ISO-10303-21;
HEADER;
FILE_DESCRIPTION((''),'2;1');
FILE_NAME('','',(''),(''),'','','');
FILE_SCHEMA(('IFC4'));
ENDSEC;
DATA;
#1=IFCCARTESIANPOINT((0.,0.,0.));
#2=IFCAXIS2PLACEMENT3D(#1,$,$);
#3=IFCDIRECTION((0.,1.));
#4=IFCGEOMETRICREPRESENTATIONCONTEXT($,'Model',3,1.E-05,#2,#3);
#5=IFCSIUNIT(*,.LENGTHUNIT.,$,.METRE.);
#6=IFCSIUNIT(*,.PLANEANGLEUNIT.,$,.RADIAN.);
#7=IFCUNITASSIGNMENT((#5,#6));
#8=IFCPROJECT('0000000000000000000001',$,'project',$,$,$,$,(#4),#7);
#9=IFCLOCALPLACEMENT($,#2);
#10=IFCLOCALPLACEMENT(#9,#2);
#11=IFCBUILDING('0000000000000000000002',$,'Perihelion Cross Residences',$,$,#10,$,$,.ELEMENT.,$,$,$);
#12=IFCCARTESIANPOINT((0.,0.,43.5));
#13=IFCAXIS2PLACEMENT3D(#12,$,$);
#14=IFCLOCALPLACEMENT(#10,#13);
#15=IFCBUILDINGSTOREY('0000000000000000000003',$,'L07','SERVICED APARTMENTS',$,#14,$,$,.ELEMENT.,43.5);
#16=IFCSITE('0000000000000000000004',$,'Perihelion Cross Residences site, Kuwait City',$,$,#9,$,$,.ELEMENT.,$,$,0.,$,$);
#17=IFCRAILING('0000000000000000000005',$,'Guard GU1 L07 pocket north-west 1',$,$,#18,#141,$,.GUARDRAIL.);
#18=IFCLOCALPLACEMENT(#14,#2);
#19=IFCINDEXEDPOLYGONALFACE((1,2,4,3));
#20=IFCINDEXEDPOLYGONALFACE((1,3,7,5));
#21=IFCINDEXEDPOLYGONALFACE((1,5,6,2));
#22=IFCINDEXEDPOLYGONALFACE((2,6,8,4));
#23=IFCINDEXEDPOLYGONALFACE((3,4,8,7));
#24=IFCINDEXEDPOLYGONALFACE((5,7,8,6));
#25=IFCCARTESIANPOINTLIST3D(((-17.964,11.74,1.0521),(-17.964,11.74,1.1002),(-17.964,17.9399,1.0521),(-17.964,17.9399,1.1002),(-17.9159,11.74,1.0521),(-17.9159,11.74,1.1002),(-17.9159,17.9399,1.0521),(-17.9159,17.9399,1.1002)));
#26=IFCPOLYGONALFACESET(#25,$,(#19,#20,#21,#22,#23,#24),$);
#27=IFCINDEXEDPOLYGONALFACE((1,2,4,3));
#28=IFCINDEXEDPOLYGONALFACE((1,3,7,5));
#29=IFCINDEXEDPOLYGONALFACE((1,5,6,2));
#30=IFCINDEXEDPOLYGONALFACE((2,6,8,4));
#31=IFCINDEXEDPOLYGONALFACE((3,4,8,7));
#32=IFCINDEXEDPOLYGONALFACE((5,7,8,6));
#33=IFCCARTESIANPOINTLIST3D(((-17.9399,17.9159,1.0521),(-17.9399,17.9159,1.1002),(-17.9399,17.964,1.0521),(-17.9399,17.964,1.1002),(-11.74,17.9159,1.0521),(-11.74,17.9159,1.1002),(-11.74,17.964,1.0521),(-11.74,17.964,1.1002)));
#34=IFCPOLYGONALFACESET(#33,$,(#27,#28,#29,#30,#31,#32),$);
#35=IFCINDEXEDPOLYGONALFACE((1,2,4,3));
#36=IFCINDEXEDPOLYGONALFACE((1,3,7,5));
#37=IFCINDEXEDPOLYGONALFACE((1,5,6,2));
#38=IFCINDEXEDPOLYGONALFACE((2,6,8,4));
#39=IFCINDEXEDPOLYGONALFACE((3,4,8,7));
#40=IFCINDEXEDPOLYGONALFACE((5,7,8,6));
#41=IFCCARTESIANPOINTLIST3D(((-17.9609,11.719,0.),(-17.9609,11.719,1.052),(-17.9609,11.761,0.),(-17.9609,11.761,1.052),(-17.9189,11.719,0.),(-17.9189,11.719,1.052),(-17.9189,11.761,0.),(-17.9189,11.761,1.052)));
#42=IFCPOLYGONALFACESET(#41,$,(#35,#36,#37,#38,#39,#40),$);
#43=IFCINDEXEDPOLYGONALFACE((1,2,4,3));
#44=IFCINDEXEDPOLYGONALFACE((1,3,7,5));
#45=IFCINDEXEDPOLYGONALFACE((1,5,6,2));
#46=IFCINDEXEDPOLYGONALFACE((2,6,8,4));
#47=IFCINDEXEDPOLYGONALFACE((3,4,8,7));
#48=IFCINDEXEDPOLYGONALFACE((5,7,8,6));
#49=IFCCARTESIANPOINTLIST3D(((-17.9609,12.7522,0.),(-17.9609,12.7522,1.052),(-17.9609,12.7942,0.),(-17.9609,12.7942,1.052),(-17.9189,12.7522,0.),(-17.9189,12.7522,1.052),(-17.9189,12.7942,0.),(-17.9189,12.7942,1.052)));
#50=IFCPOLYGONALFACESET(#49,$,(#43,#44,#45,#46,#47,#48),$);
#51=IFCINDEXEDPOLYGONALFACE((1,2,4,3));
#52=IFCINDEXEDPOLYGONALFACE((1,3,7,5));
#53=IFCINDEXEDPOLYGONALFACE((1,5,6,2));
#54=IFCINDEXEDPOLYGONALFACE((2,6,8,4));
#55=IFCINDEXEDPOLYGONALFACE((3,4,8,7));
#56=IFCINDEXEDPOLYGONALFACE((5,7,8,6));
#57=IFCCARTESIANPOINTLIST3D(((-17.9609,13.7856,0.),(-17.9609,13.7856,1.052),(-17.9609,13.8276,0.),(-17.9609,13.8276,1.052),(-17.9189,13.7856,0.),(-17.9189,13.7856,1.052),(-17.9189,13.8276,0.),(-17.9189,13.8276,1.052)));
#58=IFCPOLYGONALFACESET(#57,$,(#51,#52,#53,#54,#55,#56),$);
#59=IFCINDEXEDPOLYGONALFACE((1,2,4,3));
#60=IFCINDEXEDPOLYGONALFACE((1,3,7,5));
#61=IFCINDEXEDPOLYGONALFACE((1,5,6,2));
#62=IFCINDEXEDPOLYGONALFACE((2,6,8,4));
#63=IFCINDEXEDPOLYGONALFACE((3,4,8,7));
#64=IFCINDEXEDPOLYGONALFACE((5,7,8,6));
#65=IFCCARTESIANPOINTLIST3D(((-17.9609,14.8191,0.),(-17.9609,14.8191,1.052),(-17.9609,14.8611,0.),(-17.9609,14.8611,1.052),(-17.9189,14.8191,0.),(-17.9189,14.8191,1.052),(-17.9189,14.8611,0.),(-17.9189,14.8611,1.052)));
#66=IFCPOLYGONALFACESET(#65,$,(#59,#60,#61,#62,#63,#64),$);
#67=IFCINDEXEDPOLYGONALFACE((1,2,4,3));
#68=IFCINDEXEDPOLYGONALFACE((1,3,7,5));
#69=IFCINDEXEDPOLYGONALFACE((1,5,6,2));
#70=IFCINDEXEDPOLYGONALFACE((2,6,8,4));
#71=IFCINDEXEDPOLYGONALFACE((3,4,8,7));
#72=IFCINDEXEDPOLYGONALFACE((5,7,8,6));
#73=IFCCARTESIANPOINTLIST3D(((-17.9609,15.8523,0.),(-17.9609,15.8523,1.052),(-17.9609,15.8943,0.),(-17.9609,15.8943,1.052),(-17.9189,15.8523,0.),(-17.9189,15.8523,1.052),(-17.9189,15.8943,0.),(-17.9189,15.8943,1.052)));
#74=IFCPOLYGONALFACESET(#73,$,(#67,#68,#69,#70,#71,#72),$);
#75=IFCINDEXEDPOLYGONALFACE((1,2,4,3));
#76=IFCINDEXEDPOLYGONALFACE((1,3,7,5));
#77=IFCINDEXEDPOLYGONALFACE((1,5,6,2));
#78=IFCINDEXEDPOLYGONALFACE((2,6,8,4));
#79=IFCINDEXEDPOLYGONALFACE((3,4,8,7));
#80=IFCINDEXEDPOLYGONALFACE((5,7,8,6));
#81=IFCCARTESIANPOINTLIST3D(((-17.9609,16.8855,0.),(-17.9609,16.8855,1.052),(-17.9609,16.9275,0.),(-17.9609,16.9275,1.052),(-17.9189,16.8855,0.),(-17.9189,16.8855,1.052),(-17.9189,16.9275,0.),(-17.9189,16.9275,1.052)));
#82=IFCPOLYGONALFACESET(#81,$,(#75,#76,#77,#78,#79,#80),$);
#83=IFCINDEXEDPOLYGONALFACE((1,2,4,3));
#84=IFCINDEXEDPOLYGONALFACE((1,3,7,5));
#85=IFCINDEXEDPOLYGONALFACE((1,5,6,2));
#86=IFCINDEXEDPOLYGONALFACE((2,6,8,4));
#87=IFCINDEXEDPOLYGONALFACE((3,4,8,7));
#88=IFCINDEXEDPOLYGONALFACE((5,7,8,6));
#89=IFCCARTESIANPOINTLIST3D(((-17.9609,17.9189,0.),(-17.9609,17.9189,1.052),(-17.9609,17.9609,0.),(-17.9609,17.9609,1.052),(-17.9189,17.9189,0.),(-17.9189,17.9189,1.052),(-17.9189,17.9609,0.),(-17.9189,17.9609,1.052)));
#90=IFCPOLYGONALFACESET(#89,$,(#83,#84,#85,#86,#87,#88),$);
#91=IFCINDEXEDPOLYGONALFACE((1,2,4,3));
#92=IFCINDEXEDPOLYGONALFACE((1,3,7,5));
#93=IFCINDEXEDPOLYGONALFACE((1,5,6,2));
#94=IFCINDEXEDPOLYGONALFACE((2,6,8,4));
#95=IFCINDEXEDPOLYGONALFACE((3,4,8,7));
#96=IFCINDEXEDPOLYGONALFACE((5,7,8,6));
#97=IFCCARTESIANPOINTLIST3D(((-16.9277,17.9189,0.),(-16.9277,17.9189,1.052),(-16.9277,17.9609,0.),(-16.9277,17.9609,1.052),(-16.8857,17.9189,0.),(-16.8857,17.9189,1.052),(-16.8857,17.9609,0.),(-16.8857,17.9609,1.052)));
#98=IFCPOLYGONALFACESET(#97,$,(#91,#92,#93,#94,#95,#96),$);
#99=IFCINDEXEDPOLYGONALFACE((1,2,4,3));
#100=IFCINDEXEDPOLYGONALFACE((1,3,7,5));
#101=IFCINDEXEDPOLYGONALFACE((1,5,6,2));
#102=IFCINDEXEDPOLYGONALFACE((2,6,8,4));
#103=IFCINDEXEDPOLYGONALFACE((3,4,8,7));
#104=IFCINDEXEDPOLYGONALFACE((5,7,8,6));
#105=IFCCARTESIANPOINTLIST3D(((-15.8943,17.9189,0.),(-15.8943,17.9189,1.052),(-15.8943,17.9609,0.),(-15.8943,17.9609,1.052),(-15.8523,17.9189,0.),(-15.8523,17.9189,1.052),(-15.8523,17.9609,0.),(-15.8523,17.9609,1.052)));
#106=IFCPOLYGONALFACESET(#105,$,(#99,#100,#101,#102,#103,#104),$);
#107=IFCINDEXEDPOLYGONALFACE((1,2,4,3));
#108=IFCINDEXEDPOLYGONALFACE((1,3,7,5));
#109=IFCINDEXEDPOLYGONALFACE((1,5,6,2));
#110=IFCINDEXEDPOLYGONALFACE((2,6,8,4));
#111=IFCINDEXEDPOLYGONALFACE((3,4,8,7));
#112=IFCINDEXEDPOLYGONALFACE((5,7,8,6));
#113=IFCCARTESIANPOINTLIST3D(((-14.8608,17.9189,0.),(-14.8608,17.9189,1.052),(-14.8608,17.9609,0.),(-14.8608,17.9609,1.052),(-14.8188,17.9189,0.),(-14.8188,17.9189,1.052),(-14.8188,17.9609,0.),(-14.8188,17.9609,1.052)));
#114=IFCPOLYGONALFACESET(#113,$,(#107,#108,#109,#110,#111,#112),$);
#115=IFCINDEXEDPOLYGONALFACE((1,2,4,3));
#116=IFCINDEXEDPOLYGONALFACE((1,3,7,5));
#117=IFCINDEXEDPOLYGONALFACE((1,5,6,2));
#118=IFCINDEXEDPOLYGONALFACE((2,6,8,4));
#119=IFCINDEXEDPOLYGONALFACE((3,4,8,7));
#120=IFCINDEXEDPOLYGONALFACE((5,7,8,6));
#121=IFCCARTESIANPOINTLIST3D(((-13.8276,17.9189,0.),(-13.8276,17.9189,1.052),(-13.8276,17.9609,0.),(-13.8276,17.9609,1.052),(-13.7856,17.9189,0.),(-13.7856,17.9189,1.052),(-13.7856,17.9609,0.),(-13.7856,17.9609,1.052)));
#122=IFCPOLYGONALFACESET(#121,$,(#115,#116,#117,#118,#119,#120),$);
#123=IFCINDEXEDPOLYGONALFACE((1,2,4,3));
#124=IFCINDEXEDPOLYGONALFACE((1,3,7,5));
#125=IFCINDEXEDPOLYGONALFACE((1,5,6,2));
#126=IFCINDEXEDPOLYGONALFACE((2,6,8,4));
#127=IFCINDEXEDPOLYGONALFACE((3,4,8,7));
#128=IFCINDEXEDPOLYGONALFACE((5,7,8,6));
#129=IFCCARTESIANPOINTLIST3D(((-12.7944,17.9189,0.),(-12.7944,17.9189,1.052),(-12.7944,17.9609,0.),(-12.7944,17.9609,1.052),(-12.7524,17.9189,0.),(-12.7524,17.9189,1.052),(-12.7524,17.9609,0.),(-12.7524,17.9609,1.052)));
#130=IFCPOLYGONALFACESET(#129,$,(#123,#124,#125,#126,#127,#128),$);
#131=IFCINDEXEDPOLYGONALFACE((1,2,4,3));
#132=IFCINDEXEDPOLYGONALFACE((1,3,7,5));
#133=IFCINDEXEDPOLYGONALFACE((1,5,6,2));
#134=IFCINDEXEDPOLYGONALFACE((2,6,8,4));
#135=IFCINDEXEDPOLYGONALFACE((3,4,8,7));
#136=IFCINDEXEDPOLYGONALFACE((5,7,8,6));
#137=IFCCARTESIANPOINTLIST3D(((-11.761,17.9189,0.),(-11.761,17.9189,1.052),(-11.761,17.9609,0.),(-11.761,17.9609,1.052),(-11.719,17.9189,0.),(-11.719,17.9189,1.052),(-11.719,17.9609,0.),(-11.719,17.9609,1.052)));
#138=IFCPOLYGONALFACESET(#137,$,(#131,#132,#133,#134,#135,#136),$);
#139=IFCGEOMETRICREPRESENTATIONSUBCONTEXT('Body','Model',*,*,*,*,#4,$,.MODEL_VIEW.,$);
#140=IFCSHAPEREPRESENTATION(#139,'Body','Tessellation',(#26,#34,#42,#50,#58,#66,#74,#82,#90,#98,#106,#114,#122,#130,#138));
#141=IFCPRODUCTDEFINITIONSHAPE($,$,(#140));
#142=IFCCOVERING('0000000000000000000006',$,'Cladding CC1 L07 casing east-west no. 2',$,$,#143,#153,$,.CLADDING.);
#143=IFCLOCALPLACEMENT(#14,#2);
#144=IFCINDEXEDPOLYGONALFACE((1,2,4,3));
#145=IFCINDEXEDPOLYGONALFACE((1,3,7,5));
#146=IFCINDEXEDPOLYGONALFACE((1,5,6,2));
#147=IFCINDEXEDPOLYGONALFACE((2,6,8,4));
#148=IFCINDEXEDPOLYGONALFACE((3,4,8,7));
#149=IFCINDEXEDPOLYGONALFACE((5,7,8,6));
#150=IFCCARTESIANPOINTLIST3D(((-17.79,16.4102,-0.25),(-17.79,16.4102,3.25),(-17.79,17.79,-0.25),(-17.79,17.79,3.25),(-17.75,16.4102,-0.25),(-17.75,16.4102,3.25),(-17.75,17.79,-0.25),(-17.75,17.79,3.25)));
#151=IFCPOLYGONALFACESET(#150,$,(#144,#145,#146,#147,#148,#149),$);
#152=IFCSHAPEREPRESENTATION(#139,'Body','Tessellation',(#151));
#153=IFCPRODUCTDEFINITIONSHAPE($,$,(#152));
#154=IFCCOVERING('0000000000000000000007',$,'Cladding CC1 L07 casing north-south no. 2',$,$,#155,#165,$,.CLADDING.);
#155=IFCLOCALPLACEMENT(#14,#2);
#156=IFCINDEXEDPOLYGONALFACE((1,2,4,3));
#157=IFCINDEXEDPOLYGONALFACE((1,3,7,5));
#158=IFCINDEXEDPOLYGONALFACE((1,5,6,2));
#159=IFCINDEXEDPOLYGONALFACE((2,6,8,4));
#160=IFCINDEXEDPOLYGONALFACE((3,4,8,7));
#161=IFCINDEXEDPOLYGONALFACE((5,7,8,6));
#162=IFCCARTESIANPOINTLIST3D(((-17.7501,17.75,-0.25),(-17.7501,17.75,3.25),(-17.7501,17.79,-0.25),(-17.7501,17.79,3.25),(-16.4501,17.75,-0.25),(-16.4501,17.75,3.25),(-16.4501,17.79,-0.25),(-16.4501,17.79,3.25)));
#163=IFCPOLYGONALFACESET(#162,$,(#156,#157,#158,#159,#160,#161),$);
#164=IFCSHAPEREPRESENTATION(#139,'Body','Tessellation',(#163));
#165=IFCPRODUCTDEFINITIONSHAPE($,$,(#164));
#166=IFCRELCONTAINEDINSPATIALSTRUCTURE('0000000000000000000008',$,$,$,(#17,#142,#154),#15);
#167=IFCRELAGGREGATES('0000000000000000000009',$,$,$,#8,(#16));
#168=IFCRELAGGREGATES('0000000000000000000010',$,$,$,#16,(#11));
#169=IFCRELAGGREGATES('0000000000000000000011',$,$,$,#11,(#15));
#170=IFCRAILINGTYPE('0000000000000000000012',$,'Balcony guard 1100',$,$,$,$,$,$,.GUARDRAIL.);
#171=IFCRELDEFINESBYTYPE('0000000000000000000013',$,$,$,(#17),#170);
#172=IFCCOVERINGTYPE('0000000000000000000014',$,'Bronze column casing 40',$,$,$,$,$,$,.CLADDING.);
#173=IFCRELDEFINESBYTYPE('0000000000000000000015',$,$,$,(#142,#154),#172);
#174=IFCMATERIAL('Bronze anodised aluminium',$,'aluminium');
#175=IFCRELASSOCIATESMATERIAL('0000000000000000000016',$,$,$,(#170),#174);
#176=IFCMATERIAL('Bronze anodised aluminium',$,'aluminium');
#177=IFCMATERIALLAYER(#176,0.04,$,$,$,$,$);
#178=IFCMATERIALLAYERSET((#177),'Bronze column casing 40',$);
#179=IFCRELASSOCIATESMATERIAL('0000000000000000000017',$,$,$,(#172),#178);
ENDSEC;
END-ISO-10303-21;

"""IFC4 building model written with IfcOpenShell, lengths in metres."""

from ifc_helpers import new_model, si_unit, direction, frame, origin, origin_2d, place, context, subcontext, project, spatial, rectangle, extrude, material, layer, layer_set, type_object, element, save


model = new_model("IFC4")

# Units and contexts
model_context = context("Model", 3, precision=1e-05, world=origin(), true_north=direction((0.0, 1.0)))
body_context = subcontext(model_context, "Body", "Model", "MODEL_VIEW")
ifc_project = project(units=[si_unit("LENGTHUNIT", "METRE"), si_unit("PLANEANGLEUNIT", "RADIAN")], contexts=[model_context])

# Site, building, storey
site_placement = place(None, origin())
site = spatial("IfcSite", under=ifc_project, at=site_placement, Name="Perihelion Cross Residences site, Kuwait City", CompositionType="ELEMENT", RefElevation=0.0)
building_placement = place(site_placement, origin())
building = spatial("IfcBuilding", under=site, at=building_placement, Name="Perihelion Cross Residences", CompositionType="ELEMENT")
storey_placement = place(building_placement, frame((0.0, 0.0, 43.5)))
storey = spatial("IfcBuildingStorey", under=building, at=storey_placement, Name="L07", Description="SERVICED APARTMENTS", CompositionType="ELEMENT", Elevation=43.5)

# Railing
ifc_material_1 = material(Name="Bronze anodised aluminium", Category="aluminium")
railing_type = type_object("IfcRailingType", Name="Balcony guard 1100", PredefinedType="GUARDRAIL", material=ifc_material_1)
railing_1_placement = place(storey_placement, frame((-17.9399, 11.74, 0.0)))
element("IfcRailing", 1, at=railing_1_placement, inside=storey, type_object=railing_type, Name="Guard GU1 L07 pocket north-west 1", PredefinedType="GUARDRAIL", context=body_context, shape_type="SweptSolid", body=[
    extrude(rectangle(XDim=0.0481, YDim=0.0481, at=origin_2d()), frame((0.0, 0.0, 1.0762), z_axis=(0.0, 1.0, 0.0), x_axis=(-1.0, 0.0, 0.0)), (0.0, 0.0, 1.0), 6.2),
    extrude(rectangle(XDim=0.0481, YDim=0.0481, at=origin_2d()), frame((0.0, 6.2, 1.0762), z_axis=(1.0, 0.0, 0.0), x_axis=(0.0, 1.0, 0.0)), (0.0, 0.0, 1.0), 6.2),
    extrude(rectangle(XDim=0.042, YDim=0.042, at=origin_2d()), origin(), (0.0, 0.0, 1.0), 1.052),
    extrude(rectangle(XDim=0.042, YDim=0.042, at=origin_2d()), frame((0.0, 1.0332, 0.0)), (0.0, 0.0, 1.0), 1.052),
    extrude(rectangle(XDim=0.042, YDim=0.042, at=origin_2d()), frame((0.0, 2.0667, 0.0)), (0.0, 0.0, 1.0), 1.052),
    extrude(rectangle(XDim=0.042, YDim=0.042, at=origin_2d()), frame((0.0, 3.1001, 0.0)), (0.0, 0.0, 1.0), 1.052),
    extrude(rectangle(XDim=0.042, YDim=0.042, at=origin_2d()), frame((0.0, 4.1333, 0.0)), (0.0, 0.0, 1.0), 1.052),
    extrude(rectangle(XDim=0.042, YDim=0.042, at=origin_2d()), frame((0.0, 5.1665, 0.0)), (0.0, 0.0, 1.0), 1.052),
    extrude(rectangle(XDim=0.042, YDim=0.042, at=origin_2d()), frame((0.0, 6.2, 0.0)), (0.0, 0.0, 1.0), 1.052),
    extrude(rectangle(XDim=0.042, YDim=0.042, at=origin_2d()), frame((1.0332, 6.2, 0.0)), (0.0, 0.0, 1.0), 1.052),
    extrude(rectangle(XDim=0.042, YDim=0.042, at=origin_2d()), frame((2.0667, 6.2, 0.0)), (0.0, 0.0, 1.0), 1.052),
    extrude(rectangle(XDim=0.042, YDim=0.042, at=origin_2d()), frame((3.1001, 6.2, 0.0)), (0.0, 0.0, 1.0), 1.052),
    extrude(rectangle(XDim=0.042, YDim=0.042, at=origin_2d()), frame((4.1333, 6.2, 0.0)), (0.0, 0.0, 1.0), 1.052),
    extrude(rectangle(XDim=0.042, YDim=0.042, at=origin_2d()), frame((5.1665, 6.2, 0.0)), (0.0, 0.0, 1.0), 1.052),
    extrude(rectangle(XDim=0.042, YDim=0.042, at=origin_2d()), frame((6.2, 6.2, 0.0)), (0.0, 0.0, 1.0), 1.052),
])

# Coverings
ifc_material_2 = material(Name="Bronze anodised aluminium", Category="aluminium")
ifc_layer_1 = layer(ifc_material_2, 0.04)
ifc_layer_set_1 = layer_set([ifc_layer_1], Name="Bronze column casing 40")
covering_type = type_object("IfcCoveringType", Name="Bronze column casing 40", PredefinedType="CLADDING", material=ifc_layer_set_1)
covering_1_placement = place(storey_placement, frame((-17.77, 17.1001, -0.25), z_axis=(0.0, 0.0, 1.0), x_axis=(1.0, 0.0, 0.0)))
element("IfcCovering", 2, at=covering_1_placement, inside=storey, type_object=covering_type, Name="Cladding CC1 L07 casing east-west no. 2", PredefinedType="CLADDING", context=body_context, shape_type="SweptSolid", body=[
    extrude(rectangle(XDim=0.04, YDim=1.3799, at=origin_2d()), origin(), (0.0, 0.0, 1.0), 3.5),
])
covering_2_placement = place(storey_placement, frame((-17.1001, 17.77, -0.25), z_axis=(0.0, 0.0, 1.0), x_axis=(1.0, 0.0, 0.0)))
element("IfcCovering", 3, at=covering_2_placement, inside=storey, type_object=covering_type, Name="Cladding CC1 L07 casing north-south no. 2", PredefinedType="CLADDING", context=body_context, shape_type="SweptSolid", body=[
    extrude(rectangle(XDim=1.3, YDim=0.04, at=origin_2d()), origin(), (0.0, 0.0, 1.0), 3.5),
])

save(model, "model.ifc")
